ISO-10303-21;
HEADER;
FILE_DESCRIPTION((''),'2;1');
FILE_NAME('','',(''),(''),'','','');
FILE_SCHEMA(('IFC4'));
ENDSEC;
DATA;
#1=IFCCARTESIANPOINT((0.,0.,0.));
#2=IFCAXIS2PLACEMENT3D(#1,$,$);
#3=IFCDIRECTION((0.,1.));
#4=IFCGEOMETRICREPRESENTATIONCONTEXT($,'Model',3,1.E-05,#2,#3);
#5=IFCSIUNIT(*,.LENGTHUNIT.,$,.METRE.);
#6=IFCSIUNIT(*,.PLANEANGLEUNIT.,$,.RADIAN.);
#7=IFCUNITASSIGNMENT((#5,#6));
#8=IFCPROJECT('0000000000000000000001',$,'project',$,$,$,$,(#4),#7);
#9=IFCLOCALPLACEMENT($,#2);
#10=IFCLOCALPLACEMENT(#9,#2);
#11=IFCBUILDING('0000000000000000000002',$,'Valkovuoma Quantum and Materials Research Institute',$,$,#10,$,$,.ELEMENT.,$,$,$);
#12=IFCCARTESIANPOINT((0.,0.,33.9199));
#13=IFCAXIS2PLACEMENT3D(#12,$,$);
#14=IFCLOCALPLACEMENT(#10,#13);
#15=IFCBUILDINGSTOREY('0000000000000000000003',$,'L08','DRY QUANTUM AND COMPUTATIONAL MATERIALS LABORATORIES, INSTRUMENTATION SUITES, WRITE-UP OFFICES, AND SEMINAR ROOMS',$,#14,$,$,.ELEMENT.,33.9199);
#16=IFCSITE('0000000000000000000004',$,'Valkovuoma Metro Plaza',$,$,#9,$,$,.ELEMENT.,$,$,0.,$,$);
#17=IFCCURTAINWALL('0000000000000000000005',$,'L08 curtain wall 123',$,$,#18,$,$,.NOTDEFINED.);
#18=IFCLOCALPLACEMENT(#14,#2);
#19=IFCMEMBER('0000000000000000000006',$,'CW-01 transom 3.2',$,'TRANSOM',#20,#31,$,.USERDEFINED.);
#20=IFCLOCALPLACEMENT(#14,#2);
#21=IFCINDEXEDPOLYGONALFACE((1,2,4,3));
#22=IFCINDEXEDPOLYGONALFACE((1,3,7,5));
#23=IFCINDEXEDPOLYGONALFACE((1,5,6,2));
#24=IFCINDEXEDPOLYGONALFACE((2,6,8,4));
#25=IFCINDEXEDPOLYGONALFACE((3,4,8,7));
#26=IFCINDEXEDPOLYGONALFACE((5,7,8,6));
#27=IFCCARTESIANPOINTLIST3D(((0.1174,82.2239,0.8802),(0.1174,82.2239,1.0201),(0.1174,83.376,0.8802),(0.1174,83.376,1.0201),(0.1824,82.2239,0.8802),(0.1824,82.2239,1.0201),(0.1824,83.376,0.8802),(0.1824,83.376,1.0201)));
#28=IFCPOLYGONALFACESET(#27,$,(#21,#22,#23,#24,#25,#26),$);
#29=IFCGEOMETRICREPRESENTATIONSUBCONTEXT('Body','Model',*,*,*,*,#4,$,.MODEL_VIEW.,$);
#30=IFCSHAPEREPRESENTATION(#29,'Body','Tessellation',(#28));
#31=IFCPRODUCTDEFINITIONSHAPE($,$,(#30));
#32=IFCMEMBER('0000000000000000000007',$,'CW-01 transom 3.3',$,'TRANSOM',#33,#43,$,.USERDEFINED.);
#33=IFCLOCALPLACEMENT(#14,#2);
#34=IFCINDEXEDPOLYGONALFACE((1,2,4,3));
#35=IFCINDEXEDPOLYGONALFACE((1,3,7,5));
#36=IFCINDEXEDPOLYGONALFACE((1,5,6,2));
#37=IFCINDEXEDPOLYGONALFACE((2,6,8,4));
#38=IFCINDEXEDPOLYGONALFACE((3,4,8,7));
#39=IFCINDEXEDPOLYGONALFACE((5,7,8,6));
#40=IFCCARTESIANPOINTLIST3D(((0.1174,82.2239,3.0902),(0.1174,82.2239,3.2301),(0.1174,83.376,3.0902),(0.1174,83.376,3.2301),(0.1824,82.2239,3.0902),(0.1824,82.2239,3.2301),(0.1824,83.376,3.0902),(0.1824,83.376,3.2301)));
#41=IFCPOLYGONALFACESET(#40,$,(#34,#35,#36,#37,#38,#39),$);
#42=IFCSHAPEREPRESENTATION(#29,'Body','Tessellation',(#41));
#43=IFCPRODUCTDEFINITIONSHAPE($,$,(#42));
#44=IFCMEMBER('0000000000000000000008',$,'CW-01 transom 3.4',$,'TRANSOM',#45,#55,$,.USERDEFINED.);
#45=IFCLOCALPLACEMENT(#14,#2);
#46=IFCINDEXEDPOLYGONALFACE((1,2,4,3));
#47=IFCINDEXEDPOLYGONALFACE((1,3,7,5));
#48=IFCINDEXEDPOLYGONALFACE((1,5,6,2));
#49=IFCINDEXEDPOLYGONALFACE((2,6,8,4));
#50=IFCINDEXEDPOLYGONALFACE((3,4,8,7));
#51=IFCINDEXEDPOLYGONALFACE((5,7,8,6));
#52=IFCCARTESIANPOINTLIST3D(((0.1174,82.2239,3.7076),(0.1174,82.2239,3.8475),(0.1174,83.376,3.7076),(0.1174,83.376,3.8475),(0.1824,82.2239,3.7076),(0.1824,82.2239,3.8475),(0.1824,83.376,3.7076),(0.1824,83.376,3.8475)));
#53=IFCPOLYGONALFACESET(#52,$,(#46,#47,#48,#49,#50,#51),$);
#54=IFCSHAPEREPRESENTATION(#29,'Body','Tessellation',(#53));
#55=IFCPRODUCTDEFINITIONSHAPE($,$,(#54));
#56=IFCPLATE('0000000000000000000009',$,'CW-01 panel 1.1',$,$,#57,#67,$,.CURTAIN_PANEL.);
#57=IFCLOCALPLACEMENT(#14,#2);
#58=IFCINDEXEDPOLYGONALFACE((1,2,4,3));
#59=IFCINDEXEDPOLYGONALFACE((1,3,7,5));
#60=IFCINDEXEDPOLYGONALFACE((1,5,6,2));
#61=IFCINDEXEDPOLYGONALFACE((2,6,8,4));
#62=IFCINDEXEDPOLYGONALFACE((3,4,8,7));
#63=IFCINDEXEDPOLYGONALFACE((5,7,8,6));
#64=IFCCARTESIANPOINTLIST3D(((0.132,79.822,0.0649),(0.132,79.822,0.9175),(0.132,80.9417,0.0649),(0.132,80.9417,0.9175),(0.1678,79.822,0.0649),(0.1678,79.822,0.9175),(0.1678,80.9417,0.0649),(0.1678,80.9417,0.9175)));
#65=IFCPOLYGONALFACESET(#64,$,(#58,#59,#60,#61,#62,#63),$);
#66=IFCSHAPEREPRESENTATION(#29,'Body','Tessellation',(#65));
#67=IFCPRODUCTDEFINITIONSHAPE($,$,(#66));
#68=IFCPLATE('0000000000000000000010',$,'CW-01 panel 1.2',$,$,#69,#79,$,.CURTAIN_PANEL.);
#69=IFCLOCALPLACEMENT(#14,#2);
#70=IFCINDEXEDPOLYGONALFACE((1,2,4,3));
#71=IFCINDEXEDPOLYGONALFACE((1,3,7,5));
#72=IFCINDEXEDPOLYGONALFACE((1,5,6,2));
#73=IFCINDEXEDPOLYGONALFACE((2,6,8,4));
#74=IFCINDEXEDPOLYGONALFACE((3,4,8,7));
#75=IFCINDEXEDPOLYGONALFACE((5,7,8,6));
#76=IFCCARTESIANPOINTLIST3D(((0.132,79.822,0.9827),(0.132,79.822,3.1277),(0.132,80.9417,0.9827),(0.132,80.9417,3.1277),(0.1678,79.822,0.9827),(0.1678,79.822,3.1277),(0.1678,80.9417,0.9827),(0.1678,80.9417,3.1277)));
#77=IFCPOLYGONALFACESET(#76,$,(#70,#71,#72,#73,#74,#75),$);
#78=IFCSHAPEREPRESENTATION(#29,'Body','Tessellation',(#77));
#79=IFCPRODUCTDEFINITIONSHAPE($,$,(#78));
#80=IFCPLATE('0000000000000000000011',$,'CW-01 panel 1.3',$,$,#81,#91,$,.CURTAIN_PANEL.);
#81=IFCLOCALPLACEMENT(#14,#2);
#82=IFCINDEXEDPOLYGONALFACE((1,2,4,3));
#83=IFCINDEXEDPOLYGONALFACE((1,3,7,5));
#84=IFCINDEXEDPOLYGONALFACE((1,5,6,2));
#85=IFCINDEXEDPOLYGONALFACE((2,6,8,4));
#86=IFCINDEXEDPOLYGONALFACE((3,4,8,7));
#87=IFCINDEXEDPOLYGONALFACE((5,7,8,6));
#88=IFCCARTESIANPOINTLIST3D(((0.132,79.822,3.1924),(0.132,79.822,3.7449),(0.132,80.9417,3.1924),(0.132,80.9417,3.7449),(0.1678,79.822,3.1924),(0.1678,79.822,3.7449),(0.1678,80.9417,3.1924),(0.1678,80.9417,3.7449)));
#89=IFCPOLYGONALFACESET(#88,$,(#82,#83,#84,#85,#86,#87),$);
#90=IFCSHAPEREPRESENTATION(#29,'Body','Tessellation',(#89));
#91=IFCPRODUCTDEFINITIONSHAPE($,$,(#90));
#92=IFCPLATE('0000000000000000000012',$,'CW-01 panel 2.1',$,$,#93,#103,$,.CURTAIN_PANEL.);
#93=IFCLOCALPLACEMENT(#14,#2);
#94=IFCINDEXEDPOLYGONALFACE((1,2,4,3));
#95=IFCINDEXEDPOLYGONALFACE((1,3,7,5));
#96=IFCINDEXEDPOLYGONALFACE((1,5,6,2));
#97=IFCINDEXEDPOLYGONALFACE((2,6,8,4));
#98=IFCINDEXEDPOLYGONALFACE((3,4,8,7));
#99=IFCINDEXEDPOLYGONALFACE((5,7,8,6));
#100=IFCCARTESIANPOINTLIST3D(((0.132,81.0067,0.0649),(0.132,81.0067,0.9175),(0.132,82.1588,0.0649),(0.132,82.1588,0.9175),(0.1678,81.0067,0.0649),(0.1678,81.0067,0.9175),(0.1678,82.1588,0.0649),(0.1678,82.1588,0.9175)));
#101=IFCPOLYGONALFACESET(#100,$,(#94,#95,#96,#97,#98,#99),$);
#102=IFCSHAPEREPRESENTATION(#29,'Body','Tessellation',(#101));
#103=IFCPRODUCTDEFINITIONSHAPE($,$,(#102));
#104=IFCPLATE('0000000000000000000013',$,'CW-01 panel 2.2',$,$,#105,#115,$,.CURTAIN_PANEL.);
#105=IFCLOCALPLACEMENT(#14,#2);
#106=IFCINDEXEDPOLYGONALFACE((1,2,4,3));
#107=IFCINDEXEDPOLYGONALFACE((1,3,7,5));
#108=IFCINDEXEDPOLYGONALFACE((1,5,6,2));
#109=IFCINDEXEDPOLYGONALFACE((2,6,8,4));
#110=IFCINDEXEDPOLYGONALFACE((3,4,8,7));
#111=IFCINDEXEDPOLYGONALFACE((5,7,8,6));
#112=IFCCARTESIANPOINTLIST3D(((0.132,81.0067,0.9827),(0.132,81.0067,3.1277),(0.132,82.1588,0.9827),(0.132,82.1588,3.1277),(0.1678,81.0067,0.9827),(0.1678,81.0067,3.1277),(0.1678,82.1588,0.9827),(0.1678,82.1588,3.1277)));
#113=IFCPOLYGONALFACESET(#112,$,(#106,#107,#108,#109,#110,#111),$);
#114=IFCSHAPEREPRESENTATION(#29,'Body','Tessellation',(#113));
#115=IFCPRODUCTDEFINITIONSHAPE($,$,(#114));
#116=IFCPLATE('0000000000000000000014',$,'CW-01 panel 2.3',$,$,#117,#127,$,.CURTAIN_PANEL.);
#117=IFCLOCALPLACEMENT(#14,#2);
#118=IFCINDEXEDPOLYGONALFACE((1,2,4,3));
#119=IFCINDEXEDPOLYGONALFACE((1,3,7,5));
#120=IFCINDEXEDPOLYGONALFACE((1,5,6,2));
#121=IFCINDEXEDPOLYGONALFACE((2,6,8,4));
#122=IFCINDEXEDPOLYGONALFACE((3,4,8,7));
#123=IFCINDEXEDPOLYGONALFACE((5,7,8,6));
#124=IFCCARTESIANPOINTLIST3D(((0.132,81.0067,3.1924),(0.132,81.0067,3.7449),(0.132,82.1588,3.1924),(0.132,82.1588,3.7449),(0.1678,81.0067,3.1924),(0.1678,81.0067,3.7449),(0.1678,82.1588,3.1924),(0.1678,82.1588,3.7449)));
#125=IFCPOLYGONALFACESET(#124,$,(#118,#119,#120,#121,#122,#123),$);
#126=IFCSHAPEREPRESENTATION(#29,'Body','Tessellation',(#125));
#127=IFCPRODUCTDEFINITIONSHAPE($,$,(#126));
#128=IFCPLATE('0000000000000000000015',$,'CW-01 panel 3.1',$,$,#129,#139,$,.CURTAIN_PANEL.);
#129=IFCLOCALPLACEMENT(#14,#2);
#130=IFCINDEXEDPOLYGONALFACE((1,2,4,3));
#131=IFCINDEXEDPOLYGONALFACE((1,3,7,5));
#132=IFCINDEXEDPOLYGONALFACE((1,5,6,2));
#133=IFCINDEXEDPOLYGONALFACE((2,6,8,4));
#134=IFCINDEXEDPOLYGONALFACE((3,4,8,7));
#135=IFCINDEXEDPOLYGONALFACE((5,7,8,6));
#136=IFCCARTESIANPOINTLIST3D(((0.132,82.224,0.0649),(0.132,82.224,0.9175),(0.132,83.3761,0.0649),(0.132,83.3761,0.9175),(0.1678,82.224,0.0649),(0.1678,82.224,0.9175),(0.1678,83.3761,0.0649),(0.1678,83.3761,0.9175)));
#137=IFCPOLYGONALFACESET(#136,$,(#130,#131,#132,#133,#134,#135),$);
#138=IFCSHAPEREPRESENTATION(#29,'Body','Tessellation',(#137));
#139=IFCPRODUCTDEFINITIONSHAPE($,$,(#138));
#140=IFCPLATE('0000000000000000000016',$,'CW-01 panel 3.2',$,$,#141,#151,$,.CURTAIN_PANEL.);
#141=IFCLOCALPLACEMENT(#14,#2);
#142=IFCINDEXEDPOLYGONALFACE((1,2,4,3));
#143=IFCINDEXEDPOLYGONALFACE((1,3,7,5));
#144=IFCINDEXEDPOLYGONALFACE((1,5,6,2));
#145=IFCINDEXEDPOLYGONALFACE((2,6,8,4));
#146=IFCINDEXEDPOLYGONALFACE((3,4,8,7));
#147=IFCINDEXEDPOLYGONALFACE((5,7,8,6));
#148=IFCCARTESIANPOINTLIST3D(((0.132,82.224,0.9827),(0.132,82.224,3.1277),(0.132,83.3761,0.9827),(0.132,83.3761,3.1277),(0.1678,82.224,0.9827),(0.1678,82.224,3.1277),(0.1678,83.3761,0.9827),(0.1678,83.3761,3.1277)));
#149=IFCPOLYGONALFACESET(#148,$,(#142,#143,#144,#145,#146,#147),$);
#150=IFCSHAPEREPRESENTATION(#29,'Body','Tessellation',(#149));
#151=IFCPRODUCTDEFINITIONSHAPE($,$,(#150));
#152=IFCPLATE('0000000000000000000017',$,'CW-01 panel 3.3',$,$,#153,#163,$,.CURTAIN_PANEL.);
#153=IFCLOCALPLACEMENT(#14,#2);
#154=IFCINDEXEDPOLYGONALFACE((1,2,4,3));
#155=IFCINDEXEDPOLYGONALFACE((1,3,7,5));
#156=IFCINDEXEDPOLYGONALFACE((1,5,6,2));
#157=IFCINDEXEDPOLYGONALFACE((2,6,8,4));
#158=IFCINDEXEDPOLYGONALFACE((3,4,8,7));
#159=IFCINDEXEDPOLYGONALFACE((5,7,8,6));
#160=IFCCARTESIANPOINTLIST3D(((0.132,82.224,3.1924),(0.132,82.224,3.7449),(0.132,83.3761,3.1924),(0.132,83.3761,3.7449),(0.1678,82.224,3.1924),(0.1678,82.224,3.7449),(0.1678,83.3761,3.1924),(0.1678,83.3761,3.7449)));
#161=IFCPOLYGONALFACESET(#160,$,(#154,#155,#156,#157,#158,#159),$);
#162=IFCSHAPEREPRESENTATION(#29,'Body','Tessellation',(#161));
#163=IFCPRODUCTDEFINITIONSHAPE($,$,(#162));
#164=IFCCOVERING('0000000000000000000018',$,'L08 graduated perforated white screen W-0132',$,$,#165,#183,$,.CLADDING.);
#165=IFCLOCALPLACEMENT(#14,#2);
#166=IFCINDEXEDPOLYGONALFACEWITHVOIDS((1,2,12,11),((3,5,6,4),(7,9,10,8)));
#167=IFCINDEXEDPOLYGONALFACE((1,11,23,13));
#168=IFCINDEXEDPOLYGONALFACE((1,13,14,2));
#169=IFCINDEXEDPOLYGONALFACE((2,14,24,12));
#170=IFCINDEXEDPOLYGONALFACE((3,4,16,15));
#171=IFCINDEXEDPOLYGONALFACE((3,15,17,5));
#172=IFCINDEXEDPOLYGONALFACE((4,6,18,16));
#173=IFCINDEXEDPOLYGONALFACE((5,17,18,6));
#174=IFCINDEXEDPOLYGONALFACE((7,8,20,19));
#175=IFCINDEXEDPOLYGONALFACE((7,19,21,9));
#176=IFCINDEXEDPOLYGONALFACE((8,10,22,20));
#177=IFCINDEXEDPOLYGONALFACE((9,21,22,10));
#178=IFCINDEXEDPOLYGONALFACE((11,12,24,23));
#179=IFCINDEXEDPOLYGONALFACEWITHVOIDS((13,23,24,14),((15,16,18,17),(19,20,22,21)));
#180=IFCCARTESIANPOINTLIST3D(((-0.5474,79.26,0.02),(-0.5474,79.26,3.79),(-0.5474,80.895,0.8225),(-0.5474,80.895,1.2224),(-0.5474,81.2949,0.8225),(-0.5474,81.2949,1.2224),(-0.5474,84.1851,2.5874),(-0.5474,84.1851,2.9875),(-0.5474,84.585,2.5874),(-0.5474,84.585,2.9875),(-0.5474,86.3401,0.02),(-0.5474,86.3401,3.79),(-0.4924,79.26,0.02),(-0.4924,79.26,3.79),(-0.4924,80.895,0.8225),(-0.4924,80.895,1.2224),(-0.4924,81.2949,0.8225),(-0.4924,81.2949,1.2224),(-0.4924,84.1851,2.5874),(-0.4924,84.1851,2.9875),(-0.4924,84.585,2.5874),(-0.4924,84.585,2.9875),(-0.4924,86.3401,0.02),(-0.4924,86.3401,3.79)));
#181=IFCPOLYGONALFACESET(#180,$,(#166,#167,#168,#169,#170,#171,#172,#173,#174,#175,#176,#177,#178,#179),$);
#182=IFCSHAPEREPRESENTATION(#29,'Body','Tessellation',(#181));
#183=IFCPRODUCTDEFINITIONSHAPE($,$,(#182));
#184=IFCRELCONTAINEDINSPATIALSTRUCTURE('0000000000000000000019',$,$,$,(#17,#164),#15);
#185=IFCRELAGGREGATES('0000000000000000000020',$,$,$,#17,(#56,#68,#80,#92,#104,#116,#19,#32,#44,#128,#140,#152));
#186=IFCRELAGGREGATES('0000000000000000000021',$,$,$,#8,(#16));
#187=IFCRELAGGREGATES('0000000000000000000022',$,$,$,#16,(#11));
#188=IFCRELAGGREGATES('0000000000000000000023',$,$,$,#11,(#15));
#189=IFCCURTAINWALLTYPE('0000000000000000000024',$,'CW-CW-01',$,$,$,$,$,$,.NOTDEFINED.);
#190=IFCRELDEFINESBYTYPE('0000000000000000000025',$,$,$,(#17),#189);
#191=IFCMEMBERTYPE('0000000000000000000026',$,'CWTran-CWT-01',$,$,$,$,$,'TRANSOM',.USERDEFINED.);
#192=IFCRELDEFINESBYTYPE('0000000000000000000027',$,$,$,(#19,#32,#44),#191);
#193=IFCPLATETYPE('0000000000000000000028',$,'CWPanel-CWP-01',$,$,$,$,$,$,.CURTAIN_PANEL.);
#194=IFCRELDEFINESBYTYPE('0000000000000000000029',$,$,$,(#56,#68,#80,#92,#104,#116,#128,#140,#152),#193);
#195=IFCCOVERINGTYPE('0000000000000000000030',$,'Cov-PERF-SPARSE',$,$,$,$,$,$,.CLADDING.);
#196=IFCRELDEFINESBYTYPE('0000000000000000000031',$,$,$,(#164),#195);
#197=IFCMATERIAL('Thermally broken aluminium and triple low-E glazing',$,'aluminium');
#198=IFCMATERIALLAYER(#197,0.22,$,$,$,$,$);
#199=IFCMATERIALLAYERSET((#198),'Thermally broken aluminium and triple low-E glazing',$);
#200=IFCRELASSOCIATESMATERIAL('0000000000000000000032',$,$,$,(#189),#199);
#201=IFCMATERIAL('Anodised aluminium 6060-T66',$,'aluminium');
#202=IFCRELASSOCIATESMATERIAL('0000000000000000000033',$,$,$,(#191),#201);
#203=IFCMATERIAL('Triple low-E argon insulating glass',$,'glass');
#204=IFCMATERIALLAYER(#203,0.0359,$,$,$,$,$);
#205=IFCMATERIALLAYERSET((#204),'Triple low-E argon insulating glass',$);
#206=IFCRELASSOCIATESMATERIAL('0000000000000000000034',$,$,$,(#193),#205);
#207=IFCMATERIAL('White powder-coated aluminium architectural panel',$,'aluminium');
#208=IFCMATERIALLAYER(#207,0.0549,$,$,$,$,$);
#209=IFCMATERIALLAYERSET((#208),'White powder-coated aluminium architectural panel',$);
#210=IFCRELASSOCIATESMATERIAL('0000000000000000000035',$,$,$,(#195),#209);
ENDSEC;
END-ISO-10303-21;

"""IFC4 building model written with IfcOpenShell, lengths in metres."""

from ifc_helpers import new_model, si_unit, direction, frame, origin, origin_2d, place, context, subcontext, project, spatial, polyline, rectangle, outline, extrude, material, layer, layer_set, material_profile, profile_set, type_object, element, aggregate, save


model = new_model("IFC4")

# Units and contexts
model_context = context("Model", 3, precision=1e-05, world=origin(), true_north=direction((0.0, 1.0)))
body_context = subcontext(model_context, "Body", "Model", "MODEL_VIEW")
ifc_project = project(units=[si_unit("LENGTHUNIT", "METRE"), si_unit("PLANEANGLEUNIT", "RADIAN")], contexts=[model_context])

# Site, building, storey
site_placement = place(None, origin())
site = spatial("IfcSite", under=ifc_project, at=site_placement, Name="Valkovuoma Metro Plaza", CompositionType="ELEMENT", RefElevation=0.0)
building_placement = place(site_placement, origin())
building = spatial("IfcBuilding", under=site, at=building_placement, Name="Valkovuoma Quantum and Materials Research Institute", CompositionType="ELEMENT")
storey_placement = place(building_placement, frame((0.0, 0.0, 33.9199)))
storey = spatial("IfcBuildingStorey", under=building, at=storey_placement, Name="L08", Description="DRY QUANTUM AND COMPUTATIONAL MATERIALS LABORATORIES, INSTRUMENTATION SUITES, WRITE-UP OFFICES, AND SEMINAR ROOMS", CompositionType="ELEMENT", Elevation=33.9199)

# Curtain wall, members, plates
ifc_material_1 = material(Name="Thermally broken aluminium and triple low-E glazing", Category="aluminium")
ifc_layer_1 = layer(ifc_material_1, 0.22)
ifc_layer_set_1 = layer_set([ifc_layer_1], Name="Thermally broken aluminium and triple low-E glazing")
curtain_wall_type = type_object("IfcCurtainWallType", Name="CW-CW-01", PredefinedType="NOTDEFINED", material=ifc_layer_set_1)
curtain_wall_placement = place(storey_placement, origin())
curtain_wall = element("IfcCurtainWall", 1, at=curtain_wall_placement, inside=storey, type_object=curtain_wall_type, Name="L08 curtain wall 123", PredefinedType="NOTDEFINED")
ifc_material_2 = material(Name="Anodised aluminium 6060-T66", Category="aluminium")
ifc_material_profile_1 = material_profile(ifc_material_2, rectangle(XDim=0.0649, YDim=0.1399, at=origin_2d()), Name="Anodised aluminium 6060-T66")
ifc_profile_set_1 = profile_set([ifc_material_profile_1], Name="Anodised aluminium 6060-T66")
member_type_1 = type_object("IfcMemberType", Name="CWTran-CWT-01", ElementType="TRANSOM", PredefinedType="USERDEFINED", material=ifc_profile_set_1)
member_1_placement = place(storey_placement, frame((0.1499, 82.2239, 0.9502), z_axis=(0.0, 1.0, 0.0), x_axis=(-1.0, 0.0, 0.0)))
member_1 = element("IfcMember", 2, at=member_1_placement, type_object=member_type_1, Name="CW-01 transom 3.2", ObjectType="TRANSOM", PredefinedType="USERDEFINED", context=body_context, shape_type="SweptSolid", body=[
    extrude(rectangle(XDim=0.0649, YDim=0.1399, at=origin_2d()), origin(), (0.0, 0.0, 1.0), 1.1521),
])
member_2_placement = place(storey_placement, frame((0.1499, 82.2239, 3.1602), z_axis=(0.0, 1.0, 0.0), x_axis=(-1.0, 0.0, 0.0)))
member_2 = element("IfcMember", 3, at=member_2_placement, type_object=member_type_1, Name="CW-01 transom 3.3", ObjectType="TRANSOM", PredefinedType="USERDEFINED", context=body_context, shape_type="SweptSolid", body=[
    extrude(rectangle(XDim=0.0649, YDim=0.1399, at=origin_2d()), origin(), (0.0, 0.0, 1.0), 1.1521),
])
member_3_placement = place(storey_placement, frame((0.1499, 82.2239, 3.7776), z_axis=(0.0, 1.0, 0.0), x_axis=(-1.0, 0.0, 0.0)))
member_3 = element("IfcMember", 4, at=member_3_placement, type_object=member_type_1, Name="CW-01 transom 3.4", ObjectType="TRANSOM", PredefinedType="USERDEFINED", context=body_context, shape_type="SweptSolid", body=[
    extrude(rectangle(XDim=0.0649, YDim=0.1399, at=origin_2d()), origin(), (0.0, 0.0, 1.0), 1.1521),
])
ifc_material_3 = material(Name="Triple low-E argon insulating glass", Category="glass")
ifc_layer_2 = layer(ifc_material_3, 0.0359)
ifc_layer_set_2 = layer_set([ifc_layer_2], Name="Triple low-E argon insulating glass")
plate_type = type_object("IfcPlateType", Name="CWPanel-CWP-01", PredefinedType="CURTAIN_PANEL", material=ifc_layer_set_2)
plate_1_placement = place(storey_placement, frame((0.1499, 80.3818, 0.0649), z_axis=(0.0, 0.0, 1.0), x_axis=(0.0, 1.0, 0.0)))
plate_1 = element("IfcPlate", 5, at=plate_1_placement, type_object=plate_type, Name="CW-01 panel 1.1", PredefinedType="CURTAIN_PANEL", context=body_context, shape_type="SweptSolid", body=[
    extrude(rectangle(XDim=1.1196, YDim=0.0359, at=origin_2d()), origin(), (0.0, 0.0, 1.0), 0.8525),
])
plate_2_placement = place(storey_placement, frame((0.1499, 80.3818, 0.9827), z_axis=(0.0, 0.0, 1.0), x_axis=(0.0, 1.0, 0.0)))
plate_2 = element("IfcPlate", 6, at=plate_2_placement, type_object=plate_type, Name="CW-01 panel 1.2", PredefinedType="CURTAIN_PANEL", context=body_context, shape_type="SweptSolid", body=[
    extrude(rectangle(XDim=1.1196, YDim=0.0359, at=origin_2d()), origin(), (0.0, 0.0, 1.0), 2.145),
])
plate_3_placement = place(storey_placement, frame((0.1499, 80.3818, 3.1924), z_axis=(0.0, 0.0, 1.0), x_axis=(0.0, 1.0, 0.0)))
plate_3 = element("IfcPlate", 7, at=plate_3_placement, type_object=plate_type, Name="CW-01 panel 1.3", PredefinedType="CURTAIN_PANEL", context=body_context, shape_type="SweptSolid", body=[
    extrude(rectangle(XDim=1.1196, YDim=0.0359, at=origin_2d()), origin(), (0.0, 0.0, 1.0), 0.5525),
])
plate_4_placement = place(storey_placement, frame((0.1499, 81.5828, 0.0649), z_axis=(0.0, 0.0, 1.0), x_axis=(0.0, 1.0, 0.0)))
plate_4 = element("IfcPlate", 8, at=plate_4_placement, type_object=plate_type, Name="CW-01 panel 2.1", PredefinedType="CURTAIN_PANEL", context=body_context, shape_type="SweptSolid", body=[
    extrude(rectangle(XDim=1.1521, YDim=0.0359, at=origin_2d()), origin(), (0.0, 0.0, 1.0), 0.8525),
])
plate_5_placement = place(storey_placement, frame((0.1499, 81.5828, 0.9827), z_axis=(0.0, 0.0, 1.0), x_axis=(0.0, 1.0, 0.0)))
plate_5 = element("IfcPlate", 9, at=plate_5_placement, type_object=plate_type, Name="CW-01 panel 2.2", PredefinedType="CURTAIN_PANEL", context=body_context, shape_type="SweptSolid", body=[
    extrude(rectangle(XDim=1.1521, YDim=0.0359, at=origin_2d()), origin(), (0.0, 0.0, 1.0), 2.145),
])
plate_6_placement = place(storey_placement, frame((0.1499, 81.5828, 3.1924), z_axis=(0.0, 0.0, 1.0), x_axis=(0.0, 1.0, 0.0)))
plate_6 = element("IfcPlate", 10, at=plate_6_placement, type_object=plate_type, Name="CW-01 panel 2.3", PredefinedType="CURTAIN_PANEL", context=body_context, shape_type="SweptSolid", body=[
    extrude(rectangle(XDim=1.1521, YDim=0.0359, at=origin_2d()), origin(), (0.0, 0.0, 1.0), 0.5525),
])
plate_7_placement = place(storey_placement, frame((0.1499, 82.8, 0.0649), z_axis=(0.0, 0.0, 1.0), x_axis=(0.0, 1.0, 0.0)))
plate_7 = element("IfcPlate", 11, at=plate_7_placement, type_object=plate_type, Name="CW-01 panel 3.1", PredefinedType="CURTAIN_PANEL", context=body_context, shape_type="SweptSolid", body=[
    extrude(rectangle(XDim=1.1521, YDim=0.0359, at=origin_2d()), origin(), (0.0, 0.0, 1.0), 0.8525),
])
plate_8_placement = place(storey_placement, frame((0.1499, 82.8, 0.9827), z_axis=(0.0, 0.0, 1.0), x_axis=(0.0, 1.0, 0.0)))
plate_8 = element("IfcPlate", 12, at=plate_8_placement, type_object=plate_type, Name="CW-01 panel 3.2", PredefinedType="CURTAIN_PANEL", context=body_context, shape_type="SweptSolid", body=[
    extrude(rectangle(XDim=1.1521, YDim=0.0359, at=origin_2d()), origin(), (0.0, 0.0, 1.0), 2.145),
])
plate_9_placement = place(storey_placement, frame((0.1499, 82.8, 3.1924), z_axis=(0.0, 0.0, 1.0), x_axis=(0.0, 1.0, 0.0)))
plate_9 = element("IfcPlate", 13, at=plate_9_placement, type_object=plate_type, Name="CW-01 panel 3.3", PredefinedType="CURTAIN_PANEL", context=body_context, shape_type="SweptSolid", body=[
    extrude(rectangle(XDim=1.1521, YDim=0.0359, at=origin_2d()), origin(), (0.0, 0.0, 1.0), 0.5525),
])
aggregate(curtain_wall, [plate_1, plate_2, plate_3, plate_4, plate_5, plate_6, member_1, member_2, member_3, plate_7, plate_8, plate_9])

# Covering
ifc_material_4 = material(Name="White powder-coated aluminium architectural panel", Category="aluminium")
ifc_layer_3 = layer(ifc_material_4, 0.0549)
ifc_layer_set_3 = layer_set([ifc_layer_3], Name="White powder-coated aluminium architectural panel")
covering_type = type_object("IfcCoveringType", Name="Cov-PERF-SPARSE", PredefinedType="CLADDING", material=ifc_layer_set_3)
covering_placement = place(storey_placement, frame((-0.52, 79.26, 0.02), z_axis=(0.0, 0.0, 1.0), x_axis=(0.0, 1.0, 0.0)))
element("IfcCovering", 14, at=covering_placement, inside=storey, type_object=covering_type, Name="L08 graduated perforated white screen W-0132", PredefinedType="CLADDING", context=body_context, shape_type="SweptSolid", body=[
    extrude(outline(polyline([(0.0, 0.0), (7.0801, 0.0), (7.0801, 3.77), (0.0, 3.77), (0.0, 0.0)]), holes=[polyline([(1.635, 0.8025), (1.635, 1.2024), (2.0349, 1.2024), (2.0349, 0.8025), (1.635, 0.8025)]), polyline([(4.925, 2.5674), (4.925, 2.9675), (5.325, 2.9675), (5.325, 2.5674), (4.925, 2.5674)])]), frame((0.0, 0.0273, 0.0), z_axis=(0.0, -1.0, 0.0), x_axis=(1.0, 0.0, 0.0)), (0.0, 0.0, 1.0), 0.0549),
])

save(model, "model.ifc")
